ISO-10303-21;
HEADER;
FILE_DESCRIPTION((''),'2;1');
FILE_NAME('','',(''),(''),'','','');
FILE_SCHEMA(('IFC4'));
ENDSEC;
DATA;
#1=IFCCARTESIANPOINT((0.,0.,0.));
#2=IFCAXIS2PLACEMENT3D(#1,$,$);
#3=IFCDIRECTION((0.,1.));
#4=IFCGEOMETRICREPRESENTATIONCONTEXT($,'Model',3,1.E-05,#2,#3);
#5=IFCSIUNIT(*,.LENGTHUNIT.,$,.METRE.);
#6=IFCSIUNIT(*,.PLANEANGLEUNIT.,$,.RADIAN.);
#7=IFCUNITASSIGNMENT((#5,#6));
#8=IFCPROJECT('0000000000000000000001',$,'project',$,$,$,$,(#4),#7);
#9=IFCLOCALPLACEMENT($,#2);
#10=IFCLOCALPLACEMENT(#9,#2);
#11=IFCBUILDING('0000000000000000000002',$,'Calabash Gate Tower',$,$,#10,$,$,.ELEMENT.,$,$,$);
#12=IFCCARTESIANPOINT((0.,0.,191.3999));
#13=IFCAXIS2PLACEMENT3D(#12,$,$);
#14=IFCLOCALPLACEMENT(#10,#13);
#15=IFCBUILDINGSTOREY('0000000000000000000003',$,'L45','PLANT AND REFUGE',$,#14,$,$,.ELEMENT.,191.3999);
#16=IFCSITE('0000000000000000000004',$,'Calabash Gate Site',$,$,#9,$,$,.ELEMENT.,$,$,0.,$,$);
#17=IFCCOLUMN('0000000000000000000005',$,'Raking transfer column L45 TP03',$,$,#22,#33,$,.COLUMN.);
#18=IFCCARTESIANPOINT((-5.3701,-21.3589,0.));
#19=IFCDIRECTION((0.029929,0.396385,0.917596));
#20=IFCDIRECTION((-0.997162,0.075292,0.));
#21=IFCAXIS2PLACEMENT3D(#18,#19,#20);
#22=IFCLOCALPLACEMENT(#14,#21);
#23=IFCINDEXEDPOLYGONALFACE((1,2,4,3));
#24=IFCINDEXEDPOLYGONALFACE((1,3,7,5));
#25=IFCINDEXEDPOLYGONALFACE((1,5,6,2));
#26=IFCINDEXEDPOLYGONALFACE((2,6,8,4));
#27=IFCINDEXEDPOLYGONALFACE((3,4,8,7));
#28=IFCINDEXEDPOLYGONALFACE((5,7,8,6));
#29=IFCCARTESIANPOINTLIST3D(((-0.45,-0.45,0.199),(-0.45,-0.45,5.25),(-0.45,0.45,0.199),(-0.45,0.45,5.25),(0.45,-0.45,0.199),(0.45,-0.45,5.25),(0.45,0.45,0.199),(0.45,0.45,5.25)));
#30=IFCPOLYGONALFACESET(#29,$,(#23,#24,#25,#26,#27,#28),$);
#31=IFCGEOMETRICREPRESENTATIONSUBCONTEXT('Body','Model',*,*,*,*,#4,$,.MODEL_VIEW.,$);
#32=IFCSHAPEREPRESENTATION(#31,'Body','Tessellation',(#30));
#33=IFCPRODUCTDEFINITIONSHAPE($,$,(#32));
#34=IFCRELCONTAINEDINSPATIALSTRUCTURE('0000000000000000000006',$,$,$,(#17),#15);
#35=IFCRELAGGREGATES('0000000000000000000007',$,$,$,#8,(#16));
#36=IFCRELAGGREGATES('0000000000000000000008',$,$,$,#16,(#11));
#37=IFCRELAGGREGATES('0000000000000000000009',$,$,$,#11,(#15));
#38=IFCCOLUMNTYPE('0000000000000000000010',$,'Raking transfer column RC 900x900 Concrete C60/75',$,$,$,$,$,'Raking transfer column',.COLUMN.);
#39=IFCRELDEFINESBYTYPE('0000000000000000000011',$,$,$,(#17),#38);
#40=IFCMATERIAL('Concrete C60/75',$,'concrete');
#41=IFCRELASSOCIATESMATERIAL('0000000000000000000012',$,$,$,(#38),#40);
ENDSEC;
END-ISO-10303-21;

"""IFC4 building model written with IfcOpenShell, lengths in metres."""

from ifc_helpers import new_model, si_unit, direction, frame, origin, origin_2d, place, context, subcontext, project, spatial, rectangle, extrude, clip, halfspace, material, material_profile, profile_set, type_object, element, save


model = new_model("IFC4")

# Units and contexts
model_context = context("Model", 3, precision=1e-05, world=origin(), true_north=direction((0.0, 1.0)))
body_context = subcontext(model_context, "Body", "Model", "MODEL_VIEW")
ifc_project = project(units=[si_unit("LENGTHUNIT", "METRE"), si_unit("PLANEANGLEUNIT", "RADIAN")], contexts=[model_context])

# Site, building, storey
site_placement = place(None, origin())
site = spatial("IfcSite", under=ifc_project, at=site_placement, Name="Calabash Gate Site", CompositionType="ELEMENT", RefElevation=0.0)
building_placement = place(site_placement, origin())
building = spatial("IfcBuilding", under=site, at=building_placement, Name="Calabash Gate Tower", CompositionType="ELEMENT")
storey_placement = place(building_placement, frame((0.0, 0.0, 191.3999)))
storey = spatial("IfcBuildingStorey", under=building, at=storey_placement, Name="L45", Description="PLANT AND REFUGE", CompositionType="ELEMENT", Elevation=191.3999)

# Column
ifc_material_1 = material(Name="Concrete C60/75", Category="concrete")
ifc_material_profile_1 = material_profile(ifc_material_1, rectangle(XDim=0.8999, YDim=0.8999, at=origin_2d()))
ifc_profile_set_1 = profile_set([ifc_material_profile_1], Name="Concrete C60/75")
column_type = type_object("IfcColumnType", Name="Raking transfer column RC 900x900 Concrete C60/75", ElementType="Raking transfer column", PredefinedType="COLUMN", material=ifc_profile_set_1)
column_placement = place(storey_placement, frame((-5.3701, -21.3589, 0.0), z_axis=(0.029929, 0.396385, 0.917596), x_axis=(-0.997162, 0.075292, 0.0)))
element("IfcColumn", 1, at=column_placement, inside=storey, type_object=column_type, Name="Raking transfer column L45 TP03", PredefinedType="COLUMN", context=body_context, shape_type="Clipping", body=[
    clip(clip(extrude(rectangle(XDim=0.8999, YDim=0.8999, at=origin_2d()), origin(), (0.0, 0.0, 1.0), 5.449), halfspace(frame((0.0, 0.0, 0.199), z_axis=(0.0, 0.0, 1.0), x_axis=(1.0, 0.0, 0.0)), True)), halfspace(frame((0.0, 0.0, 5.25), z_axis=(0.0, 0.0, 1.0), x_axis=(1.0, 0.0, 0.0)), False)),
])

save(model, "model.ifc")
